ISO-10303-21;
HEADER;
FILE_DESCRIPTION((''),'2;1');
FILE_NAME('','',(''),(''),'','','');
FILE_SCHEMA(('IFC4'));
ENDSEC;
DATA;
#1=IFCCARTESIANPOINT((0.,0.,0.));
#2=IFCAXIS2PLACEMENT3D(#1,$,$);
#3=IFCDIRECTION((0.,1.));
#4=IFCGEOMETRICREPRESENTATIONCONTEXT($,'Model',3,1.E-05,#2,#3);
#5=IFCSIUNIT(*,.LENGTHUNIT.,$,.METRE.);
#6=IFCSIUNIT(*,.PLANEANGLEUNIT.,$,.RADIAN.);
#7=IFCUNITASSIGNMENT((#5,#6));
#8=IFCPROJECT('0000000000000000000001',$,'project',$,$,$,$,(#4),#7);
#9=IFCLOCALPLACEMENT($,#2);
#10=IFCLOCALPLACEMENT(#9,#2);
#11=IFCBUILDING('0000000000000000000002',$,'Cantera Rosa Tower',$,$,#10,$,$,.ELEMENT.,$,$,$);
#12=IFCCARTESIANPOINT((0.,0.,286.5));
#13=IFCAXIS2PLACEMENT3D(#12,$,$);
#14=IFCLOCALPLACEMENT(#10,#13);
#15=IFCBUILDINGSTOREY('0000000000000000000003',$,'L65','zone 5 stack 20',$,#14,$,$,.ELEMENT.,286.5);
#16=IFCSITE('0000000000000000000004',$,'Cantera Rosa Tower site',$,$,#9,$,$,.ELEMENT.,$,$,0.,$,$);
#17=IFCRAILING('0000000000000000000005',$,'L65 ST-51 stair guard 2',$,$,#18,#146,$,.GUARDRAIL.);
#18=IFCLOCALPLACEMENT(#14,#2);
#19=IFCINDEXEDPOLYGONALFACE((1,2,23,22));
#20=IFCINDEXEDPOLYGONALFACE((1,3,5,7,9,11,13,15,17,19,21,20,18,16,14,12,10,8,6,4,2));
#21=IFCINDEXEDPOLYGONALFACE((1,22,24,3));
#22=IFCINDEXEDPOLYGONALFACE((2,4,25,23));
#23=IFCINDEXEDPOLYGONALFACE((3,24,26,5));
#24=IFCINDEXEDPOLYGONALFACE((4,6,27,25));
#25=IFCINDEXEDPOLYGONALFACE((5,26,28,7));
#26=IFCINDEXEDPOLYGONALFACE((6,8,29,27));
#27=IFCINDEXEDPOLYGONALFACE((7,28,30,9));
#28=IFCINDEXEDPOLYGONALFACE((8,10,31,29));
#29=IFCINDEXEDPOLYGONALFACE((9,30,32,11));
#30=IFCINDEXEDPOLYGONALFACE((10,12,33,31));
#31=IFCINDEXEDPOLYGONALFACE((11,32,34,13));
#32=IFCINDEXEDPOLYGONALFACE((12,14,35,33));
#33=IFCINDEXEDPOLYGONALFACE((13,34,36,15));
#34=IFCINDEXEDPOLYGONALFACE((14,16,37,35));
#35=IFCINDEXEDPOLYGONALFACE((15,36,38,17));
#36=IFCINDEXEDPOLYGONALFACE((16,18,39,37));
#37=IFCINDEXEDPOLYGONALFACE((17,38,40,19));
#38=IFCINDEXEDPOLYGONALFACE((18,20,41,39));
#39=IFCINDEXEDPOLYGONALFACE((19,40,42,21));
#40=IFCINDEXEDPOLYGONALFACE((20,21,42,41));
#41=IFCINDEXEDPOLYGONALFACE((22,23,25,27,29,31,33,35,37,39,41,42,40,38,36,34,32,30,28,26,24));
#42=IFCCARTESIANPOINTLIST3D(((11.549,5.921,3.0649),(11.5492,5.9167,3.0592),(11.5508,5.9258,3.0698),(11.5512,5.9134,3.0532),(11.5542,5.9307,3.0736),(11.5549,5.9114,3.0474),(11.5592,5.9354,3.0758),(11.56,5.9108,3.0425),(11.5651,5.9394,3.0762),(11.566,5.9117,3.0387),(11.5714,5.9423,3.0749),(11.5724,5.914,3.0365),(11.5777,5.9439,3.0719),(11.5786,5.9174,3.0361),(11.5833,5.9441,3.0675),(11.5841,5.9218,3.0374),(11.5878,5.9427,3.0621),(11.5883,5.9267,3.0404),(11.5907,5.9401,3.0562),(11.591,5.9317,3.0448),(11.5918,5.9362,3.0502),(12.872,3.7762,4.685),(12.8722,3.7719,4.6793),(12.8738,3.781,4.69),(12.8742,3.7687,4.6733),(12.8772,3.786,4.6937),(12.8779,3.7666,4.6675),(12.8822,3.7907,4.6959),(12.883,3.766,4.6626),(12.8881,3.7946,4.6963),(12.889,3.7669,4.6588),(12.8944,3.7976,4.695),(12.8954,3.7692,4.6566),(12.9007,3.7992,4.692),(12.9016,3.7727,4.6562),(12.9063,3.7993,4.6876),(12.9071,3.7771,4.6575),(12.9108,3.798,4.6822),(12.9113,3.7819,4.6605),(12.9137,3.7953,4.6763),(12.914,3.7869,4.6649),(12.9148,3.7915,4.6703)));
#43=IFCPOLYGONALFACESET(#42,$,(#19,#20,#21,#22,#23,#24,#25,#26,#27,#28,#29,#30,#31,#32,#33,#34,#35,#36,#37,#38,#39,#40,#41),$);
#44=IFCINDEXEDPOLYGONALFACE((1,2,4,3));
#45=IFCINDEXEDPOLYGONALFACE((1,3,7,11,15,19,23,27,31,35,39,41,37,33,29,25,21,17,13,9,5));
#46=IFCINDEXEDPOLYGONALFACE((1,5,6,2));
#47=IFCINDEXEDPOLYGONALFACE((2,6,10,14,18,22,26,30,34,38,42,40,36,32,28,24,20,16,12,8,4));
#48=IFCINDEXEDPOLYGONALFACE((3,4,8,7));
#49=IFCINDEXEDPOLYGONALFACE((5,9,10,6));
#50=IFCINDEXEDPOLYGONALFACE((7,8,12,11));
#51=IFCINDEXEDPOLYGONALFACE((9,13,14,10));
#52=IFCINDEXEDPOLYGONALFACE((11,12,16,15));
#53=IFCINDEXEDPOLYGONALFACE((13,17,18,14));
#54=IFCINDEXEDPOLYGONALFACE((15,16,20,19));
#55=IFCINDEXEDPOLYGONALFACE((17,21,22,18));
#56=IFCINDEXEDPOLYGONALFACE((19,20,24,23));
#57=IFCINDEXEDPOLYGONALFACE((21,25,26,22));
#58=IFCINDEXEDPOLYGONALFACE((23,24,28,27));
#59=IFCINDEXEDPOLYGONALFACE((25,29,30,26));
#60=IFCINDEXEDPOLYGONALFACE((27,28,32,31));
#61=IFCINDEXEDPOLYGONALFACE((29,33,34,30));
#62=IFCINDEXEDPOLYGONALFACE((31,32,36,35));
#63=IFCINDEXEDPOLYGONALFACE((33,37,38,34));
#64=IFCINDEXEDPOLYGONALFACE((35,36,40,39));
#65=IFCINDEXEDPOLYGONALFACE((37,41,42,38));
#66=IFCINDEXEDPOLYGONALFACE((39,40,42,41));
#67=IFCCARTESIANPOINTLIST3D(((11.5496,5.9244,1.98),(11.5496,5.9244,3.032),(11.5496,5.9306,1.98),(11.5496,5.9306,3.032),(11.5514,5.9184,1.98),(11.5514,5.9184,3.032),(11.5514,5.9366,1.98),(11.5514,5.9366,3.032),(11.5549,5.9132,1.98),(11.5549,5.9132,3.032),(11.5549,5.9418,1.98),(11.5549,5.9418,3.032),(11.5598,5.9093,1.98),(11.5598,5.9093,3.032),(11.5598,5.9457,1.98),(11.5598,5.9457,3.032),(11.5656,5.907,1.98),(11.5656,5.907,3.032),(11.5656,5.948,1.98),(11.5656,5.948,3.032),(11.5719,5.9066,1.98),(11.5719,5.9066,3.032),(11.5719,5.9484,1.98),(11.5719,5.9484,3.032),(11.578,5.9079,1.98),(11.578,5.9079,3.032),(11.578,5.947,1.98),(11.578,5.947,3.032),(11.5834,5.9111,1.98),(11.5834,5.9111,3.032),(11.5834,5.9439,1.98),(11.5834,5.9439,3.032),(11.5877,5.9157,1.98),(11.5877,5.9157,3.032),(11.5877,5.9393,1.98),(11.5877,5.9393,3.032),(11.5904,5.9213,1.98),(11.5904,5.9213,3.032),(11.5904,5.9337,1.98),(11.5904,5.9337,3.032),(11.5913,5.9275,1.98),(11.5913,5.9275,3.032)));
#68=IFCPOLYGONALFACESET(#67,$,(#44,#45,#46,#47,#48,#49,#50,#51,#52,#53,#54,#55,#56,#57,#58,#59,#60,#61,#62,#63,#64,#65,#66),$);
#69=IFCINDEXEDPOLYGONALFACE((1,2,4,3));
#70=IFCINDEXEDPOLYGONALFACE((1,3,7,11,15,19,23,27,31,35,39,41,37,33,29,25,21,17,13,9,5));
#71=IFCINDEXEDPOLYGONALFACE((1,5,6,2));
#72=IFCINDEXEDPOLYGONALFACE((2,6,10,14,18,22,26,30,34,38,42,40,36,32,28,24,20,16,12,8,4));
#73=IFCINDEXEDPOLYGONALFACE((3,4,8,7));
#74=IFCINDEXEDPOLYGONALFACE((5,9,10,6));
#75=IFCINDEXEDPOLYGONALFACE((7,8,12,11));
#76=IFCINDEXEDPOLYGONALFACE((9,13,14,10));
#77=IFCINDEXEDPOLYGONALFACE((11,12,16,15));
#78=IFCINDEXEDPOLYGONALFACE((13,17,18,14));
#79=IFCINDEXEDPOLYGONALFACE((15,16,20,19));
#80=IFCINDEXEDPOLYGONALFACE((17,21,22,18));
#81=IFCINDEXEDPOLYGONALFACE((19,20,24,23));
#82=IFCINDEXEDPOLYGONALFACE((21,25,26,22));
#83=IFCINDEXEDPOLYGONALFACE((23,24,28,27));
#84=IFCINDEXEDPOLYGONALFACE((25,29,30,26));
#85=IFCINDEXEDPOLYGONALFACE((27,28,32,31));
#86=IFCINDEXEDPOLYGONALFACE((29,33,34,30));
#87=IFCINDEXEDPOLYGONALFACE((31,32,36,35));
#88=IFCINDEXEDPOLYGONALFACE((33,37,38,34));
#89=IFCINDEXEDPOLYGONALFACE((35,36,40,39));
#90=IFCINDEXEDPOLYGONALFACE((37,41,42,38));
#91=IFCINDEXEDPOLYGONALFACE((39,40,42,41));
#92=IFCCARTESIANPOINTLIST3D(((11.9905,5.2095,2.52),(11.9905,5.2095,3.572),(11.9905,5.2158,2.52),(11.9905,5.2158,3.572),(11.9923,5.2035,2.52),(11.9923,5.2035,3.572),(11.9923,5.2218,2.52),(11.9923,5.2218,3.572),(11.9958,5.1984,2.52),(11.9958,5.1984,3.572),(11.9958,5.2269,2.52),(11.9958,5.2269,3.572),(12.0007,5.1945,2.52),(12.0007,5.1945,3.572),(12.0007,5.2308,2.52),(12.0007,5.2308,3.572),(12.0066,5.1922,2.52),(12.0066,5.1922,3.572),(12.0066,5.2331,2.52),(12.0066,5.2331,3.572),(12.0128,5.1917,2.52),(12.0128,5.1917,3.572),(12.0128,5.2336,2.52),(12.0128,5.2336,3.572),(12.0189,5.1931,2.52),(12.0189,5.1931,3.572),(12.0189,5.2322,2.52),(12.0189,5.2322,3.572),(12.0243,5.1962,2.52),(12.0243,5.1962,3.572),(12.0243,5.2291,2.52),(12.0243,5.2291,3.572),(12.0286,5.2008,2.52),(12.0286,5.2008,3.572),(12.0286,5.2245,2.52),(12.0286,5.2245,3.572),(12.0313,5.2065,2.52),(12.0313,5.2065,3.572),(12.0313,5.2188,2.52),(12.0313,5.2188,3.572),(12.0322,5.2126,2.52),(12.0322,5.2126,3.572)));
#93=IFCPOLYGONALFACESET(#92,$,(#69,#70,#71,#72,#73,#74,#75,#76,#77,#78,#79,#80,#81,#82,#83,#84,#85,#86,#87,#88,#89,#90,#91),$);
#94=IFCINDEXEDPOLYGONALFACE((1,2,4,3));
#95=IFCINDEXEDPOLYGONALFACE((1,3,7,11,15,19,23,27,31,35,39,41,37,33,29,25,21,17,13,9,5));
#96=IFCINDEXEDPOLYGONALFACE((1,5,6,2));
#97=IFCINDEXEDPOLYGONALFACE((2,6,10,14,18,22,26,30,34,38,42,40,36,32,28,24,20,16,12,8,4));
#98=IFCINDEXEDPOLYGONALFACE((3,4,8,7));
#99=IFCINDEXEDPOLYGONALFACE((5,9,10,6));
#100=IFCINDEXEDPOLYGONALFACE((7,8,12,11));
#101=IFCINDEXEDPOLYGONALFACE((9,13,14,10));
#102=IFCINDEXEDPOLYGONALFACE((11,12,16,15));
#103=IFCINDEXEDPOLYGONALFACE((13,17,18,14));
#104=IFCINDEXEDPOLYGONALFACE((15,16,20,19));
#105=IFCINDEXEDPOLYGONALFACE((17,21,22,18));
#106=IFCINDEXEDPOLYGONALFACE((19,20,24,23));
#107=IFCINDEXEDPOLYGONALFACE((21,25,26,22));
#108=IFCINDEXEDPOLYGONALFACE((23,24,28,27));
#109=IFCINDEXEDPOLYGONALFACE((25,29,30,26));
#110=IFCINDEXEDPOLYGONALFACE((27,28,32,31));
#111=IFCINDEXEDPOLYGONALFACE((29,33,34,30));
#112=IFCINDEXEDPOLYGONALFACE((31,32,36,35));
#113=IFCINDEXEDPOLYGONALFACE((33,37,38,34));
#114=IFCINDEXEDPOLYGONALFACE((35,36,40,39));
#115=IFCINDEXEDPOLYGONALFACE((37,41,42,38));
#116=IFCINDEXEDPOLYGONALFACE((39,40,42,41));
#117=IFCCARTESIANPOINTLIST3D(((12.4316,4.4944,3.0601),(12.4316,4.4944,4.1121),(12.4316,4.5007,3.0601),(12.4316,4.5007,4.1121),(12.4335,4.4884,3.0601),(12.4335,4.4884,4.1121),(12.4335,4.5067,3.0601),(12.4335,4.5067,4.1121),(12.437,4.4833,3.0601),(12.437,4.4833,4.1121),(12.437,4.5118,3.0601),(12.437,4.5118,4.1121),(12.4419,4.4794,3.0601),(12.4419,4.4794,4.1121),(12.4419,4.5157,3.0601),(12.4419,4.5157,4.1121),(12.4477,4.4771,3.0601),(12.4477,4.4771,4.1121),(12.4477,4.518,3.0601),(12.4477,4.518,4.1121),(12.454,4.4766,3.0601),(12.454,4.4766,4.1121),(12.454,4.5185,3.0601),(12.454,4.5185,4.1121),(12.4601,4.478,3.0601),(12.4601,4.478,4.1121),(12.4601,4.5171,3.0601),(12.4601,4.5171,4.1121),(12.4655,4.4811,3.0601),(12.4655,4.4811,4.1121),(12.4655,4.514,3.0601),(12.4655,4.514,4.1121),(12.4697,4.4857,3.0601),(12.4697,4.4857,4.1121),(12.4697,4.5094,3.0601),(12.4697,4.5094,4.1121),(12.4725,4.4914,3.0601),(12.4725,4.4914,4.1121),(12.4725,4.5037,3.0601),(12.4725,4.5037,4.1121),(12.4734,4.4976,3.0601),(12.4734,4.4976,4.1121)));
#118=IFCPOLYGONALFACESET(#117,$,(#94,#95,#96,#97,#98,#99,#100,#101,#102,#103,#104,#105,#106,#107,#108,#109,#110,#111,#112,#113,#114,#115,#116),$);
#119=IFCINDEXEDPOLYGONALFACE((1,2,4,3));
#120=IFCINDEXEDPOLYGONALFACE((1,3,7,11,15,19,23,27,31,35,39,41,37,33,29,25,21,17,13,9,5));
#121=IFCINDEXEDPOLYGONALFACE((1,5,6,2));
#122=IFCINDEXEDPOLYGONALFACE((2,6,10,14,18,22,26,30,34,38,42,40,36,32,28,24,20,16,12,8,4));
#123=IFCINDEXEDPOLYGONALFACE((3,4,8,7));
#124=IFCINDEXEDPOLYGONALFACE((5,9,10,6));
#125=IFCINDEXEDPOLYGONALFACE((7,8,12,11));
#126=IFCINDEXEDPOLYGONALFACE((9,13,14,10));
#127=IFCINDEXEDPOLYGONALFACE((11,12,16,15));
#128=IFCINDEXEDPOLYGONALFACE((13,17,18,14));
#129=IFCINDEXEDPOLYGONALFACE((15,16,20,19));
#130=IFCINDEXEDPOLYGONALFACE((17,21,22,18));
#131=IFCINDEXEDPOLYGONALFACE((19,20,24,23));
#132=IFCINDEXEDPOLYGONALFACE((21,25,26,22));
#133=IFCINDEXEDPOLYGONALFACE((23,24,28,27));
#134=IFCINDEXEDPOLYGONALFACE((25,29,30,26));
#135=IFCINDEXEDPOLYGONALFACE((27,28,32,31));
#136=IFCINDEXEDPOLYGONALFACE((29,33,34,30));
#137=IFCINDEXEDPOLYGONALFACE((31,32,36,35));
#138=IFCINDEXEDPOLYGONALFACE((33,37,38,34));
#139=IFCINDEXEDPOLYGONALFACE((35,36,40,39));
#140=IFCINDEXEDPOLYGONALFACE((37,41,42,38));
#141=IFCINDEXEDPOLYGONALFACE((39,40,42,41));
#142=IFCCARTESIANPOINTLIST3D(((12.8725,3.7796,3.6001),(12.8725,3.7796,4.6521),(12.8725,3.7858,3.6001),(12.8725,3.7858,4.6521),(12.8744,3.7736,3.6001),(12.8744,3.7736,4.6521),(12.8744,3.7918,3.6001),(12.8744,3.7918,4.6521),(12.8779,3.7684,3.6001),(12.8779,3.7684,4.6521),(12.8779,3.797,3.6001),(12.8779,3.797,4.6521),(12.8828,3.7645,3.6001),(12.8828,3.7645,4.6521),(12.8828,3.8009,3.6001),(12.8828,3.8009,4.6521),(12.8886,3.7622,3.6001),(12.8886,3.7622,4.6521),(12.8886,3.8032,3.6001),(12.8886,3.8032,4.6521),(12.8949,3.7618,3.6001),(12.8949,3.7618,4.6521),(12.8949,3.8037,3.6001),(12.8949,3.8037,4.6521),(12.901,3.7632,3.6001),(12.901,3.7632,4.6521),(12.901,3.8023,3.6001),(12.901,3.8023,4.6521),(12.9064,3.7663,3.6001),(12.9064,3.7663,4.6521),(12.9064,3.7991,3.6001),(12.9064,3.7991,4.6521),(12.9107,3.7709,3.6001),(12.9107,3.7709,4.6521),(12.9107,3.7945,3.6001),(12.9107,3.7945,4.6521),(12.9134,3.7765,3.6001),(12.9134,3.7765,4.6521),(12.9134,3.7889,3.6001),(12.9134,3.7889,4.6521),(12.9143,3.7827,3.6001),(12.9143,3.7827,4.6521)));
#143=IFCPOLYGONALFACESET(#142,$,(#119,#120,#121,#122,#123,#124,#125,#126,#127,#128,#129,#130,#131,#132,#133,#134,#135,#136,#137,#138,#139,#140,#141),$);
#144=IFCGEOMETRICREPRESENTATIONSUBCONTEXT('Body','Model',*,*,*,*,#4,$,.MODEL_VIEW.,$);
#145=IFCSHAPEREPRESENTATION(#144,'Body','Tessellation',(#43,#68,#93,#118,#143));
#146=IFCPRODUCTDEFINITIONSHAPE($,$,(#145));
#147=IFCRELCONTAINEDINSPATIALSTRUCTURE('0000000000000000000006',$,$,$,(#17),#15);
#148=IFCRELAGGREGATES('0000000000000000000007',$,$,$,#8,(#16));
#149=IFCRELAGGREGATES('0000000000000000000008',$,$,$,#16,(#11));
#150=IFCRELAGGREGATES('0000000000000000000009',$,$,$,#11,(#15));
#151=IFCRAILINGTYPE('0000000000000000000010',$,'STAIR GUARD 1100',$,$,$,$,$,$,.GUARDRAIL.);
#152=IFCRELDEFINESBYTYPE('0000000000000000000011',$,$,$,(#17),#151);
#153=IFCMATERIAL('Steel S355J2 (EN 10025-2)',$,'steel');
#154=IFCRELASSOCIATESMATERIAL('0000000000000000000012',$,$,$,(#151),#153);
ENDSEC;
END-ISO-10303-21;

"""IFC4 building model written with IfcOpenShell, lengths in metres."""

from ifc_helpers import new_model, si_unit, direction, frame, origin, origin_2d, place, context, subcontext, project, spatial, circle, extrude, material, type_object, element, save


model = new_model("IFC4")

# Units and contexts
model_context = context("Model", 3, precision=1e-05, world=origin(), true_north=direction((0.0, 1.0)))
body_context = subcontext(model_context, "Body", "Model", "MODEL_VIEW")
ifc_project = project(units=[si_unit("LENGTHUNIT", "METRE"), si_unit("PLANEANGLEUNIT", "RADIAN")], contexts=[model_context])

# Site, building, storey
site_placement = place(None, origin())
site = spatial("IfcSite", under=ifc_project, at=site_placement, Name="Cantera Rosa Tower site", CompositionType="ELEMENT", RefElevation=0.0)
building_placement = place(site_placement, origin())
building = spatial("IfcBuilding", under=site, at=building_placement, Name="Cantera Rosa Tower", CompositionType="ELEMENT")
storey_placement = place(building_placement, frame((0.0, 0.0, 286.5)))
storey = spatial("IfcBuildingStorey", under=building, at=storey_placement, Name="L65", Description="zone 5 stack 20", CompositionType="ELEMENT", Elevation=286.5)

# Railing
ifc_material_1 = material(Name="Steel S355J2 (EN 10025-2)", Category="steel")
railing_type_1 = type_object("IfcRailingType", Name="STAIR GUARD 1100", PredefinedType="GUARDRAIL", material=ifc_material_1)
railing_1_placement = place(storey_placement, frame((11.5703, 5.9275, 1.98)))
element("IfcRailing", 1, at=railing_1_placement, inside=storey, type_object=railing_type_1, Name="L65 ST-51 stair guard 2", PredefinedType="GUARDRAIL", context=body_context, shape_type="SweptSolid", body=[
    extrude(circle(Radius=0.0239, at=origin_2d()), frame((0.0, 0.0, 1.0762), z_axis=(0.441609, -0.715914, 0.540786), x_axis=(0.851102, 0.525, 0.0)), (0.0, 0.0, 1.0), 2.9958),
    extrude(circle(Radius=0.021, at=origin_2d()), origin(), (0.0, 0.0, 1.0), 1.052),
    extrude(circle(Radius=0.021, at=origin_2d()), frame((0.4409, -0.7148, 0.54)), (0.0, 0.0, 1.0), 1.052),
    extrude(circle(Radius=0.021, at=origin_2d()), frame((0.8821, -1.4299, 1.0801)), (0.0, 0.0, 1.0), 1.052),
    extrude(circle(Radius=0.021, at=origin_2d()), frame((1.323, -2.1448, 1.6201)), (0.0, 0.0, 1.0), 1.052),
])

save(model, "model.ifc")
